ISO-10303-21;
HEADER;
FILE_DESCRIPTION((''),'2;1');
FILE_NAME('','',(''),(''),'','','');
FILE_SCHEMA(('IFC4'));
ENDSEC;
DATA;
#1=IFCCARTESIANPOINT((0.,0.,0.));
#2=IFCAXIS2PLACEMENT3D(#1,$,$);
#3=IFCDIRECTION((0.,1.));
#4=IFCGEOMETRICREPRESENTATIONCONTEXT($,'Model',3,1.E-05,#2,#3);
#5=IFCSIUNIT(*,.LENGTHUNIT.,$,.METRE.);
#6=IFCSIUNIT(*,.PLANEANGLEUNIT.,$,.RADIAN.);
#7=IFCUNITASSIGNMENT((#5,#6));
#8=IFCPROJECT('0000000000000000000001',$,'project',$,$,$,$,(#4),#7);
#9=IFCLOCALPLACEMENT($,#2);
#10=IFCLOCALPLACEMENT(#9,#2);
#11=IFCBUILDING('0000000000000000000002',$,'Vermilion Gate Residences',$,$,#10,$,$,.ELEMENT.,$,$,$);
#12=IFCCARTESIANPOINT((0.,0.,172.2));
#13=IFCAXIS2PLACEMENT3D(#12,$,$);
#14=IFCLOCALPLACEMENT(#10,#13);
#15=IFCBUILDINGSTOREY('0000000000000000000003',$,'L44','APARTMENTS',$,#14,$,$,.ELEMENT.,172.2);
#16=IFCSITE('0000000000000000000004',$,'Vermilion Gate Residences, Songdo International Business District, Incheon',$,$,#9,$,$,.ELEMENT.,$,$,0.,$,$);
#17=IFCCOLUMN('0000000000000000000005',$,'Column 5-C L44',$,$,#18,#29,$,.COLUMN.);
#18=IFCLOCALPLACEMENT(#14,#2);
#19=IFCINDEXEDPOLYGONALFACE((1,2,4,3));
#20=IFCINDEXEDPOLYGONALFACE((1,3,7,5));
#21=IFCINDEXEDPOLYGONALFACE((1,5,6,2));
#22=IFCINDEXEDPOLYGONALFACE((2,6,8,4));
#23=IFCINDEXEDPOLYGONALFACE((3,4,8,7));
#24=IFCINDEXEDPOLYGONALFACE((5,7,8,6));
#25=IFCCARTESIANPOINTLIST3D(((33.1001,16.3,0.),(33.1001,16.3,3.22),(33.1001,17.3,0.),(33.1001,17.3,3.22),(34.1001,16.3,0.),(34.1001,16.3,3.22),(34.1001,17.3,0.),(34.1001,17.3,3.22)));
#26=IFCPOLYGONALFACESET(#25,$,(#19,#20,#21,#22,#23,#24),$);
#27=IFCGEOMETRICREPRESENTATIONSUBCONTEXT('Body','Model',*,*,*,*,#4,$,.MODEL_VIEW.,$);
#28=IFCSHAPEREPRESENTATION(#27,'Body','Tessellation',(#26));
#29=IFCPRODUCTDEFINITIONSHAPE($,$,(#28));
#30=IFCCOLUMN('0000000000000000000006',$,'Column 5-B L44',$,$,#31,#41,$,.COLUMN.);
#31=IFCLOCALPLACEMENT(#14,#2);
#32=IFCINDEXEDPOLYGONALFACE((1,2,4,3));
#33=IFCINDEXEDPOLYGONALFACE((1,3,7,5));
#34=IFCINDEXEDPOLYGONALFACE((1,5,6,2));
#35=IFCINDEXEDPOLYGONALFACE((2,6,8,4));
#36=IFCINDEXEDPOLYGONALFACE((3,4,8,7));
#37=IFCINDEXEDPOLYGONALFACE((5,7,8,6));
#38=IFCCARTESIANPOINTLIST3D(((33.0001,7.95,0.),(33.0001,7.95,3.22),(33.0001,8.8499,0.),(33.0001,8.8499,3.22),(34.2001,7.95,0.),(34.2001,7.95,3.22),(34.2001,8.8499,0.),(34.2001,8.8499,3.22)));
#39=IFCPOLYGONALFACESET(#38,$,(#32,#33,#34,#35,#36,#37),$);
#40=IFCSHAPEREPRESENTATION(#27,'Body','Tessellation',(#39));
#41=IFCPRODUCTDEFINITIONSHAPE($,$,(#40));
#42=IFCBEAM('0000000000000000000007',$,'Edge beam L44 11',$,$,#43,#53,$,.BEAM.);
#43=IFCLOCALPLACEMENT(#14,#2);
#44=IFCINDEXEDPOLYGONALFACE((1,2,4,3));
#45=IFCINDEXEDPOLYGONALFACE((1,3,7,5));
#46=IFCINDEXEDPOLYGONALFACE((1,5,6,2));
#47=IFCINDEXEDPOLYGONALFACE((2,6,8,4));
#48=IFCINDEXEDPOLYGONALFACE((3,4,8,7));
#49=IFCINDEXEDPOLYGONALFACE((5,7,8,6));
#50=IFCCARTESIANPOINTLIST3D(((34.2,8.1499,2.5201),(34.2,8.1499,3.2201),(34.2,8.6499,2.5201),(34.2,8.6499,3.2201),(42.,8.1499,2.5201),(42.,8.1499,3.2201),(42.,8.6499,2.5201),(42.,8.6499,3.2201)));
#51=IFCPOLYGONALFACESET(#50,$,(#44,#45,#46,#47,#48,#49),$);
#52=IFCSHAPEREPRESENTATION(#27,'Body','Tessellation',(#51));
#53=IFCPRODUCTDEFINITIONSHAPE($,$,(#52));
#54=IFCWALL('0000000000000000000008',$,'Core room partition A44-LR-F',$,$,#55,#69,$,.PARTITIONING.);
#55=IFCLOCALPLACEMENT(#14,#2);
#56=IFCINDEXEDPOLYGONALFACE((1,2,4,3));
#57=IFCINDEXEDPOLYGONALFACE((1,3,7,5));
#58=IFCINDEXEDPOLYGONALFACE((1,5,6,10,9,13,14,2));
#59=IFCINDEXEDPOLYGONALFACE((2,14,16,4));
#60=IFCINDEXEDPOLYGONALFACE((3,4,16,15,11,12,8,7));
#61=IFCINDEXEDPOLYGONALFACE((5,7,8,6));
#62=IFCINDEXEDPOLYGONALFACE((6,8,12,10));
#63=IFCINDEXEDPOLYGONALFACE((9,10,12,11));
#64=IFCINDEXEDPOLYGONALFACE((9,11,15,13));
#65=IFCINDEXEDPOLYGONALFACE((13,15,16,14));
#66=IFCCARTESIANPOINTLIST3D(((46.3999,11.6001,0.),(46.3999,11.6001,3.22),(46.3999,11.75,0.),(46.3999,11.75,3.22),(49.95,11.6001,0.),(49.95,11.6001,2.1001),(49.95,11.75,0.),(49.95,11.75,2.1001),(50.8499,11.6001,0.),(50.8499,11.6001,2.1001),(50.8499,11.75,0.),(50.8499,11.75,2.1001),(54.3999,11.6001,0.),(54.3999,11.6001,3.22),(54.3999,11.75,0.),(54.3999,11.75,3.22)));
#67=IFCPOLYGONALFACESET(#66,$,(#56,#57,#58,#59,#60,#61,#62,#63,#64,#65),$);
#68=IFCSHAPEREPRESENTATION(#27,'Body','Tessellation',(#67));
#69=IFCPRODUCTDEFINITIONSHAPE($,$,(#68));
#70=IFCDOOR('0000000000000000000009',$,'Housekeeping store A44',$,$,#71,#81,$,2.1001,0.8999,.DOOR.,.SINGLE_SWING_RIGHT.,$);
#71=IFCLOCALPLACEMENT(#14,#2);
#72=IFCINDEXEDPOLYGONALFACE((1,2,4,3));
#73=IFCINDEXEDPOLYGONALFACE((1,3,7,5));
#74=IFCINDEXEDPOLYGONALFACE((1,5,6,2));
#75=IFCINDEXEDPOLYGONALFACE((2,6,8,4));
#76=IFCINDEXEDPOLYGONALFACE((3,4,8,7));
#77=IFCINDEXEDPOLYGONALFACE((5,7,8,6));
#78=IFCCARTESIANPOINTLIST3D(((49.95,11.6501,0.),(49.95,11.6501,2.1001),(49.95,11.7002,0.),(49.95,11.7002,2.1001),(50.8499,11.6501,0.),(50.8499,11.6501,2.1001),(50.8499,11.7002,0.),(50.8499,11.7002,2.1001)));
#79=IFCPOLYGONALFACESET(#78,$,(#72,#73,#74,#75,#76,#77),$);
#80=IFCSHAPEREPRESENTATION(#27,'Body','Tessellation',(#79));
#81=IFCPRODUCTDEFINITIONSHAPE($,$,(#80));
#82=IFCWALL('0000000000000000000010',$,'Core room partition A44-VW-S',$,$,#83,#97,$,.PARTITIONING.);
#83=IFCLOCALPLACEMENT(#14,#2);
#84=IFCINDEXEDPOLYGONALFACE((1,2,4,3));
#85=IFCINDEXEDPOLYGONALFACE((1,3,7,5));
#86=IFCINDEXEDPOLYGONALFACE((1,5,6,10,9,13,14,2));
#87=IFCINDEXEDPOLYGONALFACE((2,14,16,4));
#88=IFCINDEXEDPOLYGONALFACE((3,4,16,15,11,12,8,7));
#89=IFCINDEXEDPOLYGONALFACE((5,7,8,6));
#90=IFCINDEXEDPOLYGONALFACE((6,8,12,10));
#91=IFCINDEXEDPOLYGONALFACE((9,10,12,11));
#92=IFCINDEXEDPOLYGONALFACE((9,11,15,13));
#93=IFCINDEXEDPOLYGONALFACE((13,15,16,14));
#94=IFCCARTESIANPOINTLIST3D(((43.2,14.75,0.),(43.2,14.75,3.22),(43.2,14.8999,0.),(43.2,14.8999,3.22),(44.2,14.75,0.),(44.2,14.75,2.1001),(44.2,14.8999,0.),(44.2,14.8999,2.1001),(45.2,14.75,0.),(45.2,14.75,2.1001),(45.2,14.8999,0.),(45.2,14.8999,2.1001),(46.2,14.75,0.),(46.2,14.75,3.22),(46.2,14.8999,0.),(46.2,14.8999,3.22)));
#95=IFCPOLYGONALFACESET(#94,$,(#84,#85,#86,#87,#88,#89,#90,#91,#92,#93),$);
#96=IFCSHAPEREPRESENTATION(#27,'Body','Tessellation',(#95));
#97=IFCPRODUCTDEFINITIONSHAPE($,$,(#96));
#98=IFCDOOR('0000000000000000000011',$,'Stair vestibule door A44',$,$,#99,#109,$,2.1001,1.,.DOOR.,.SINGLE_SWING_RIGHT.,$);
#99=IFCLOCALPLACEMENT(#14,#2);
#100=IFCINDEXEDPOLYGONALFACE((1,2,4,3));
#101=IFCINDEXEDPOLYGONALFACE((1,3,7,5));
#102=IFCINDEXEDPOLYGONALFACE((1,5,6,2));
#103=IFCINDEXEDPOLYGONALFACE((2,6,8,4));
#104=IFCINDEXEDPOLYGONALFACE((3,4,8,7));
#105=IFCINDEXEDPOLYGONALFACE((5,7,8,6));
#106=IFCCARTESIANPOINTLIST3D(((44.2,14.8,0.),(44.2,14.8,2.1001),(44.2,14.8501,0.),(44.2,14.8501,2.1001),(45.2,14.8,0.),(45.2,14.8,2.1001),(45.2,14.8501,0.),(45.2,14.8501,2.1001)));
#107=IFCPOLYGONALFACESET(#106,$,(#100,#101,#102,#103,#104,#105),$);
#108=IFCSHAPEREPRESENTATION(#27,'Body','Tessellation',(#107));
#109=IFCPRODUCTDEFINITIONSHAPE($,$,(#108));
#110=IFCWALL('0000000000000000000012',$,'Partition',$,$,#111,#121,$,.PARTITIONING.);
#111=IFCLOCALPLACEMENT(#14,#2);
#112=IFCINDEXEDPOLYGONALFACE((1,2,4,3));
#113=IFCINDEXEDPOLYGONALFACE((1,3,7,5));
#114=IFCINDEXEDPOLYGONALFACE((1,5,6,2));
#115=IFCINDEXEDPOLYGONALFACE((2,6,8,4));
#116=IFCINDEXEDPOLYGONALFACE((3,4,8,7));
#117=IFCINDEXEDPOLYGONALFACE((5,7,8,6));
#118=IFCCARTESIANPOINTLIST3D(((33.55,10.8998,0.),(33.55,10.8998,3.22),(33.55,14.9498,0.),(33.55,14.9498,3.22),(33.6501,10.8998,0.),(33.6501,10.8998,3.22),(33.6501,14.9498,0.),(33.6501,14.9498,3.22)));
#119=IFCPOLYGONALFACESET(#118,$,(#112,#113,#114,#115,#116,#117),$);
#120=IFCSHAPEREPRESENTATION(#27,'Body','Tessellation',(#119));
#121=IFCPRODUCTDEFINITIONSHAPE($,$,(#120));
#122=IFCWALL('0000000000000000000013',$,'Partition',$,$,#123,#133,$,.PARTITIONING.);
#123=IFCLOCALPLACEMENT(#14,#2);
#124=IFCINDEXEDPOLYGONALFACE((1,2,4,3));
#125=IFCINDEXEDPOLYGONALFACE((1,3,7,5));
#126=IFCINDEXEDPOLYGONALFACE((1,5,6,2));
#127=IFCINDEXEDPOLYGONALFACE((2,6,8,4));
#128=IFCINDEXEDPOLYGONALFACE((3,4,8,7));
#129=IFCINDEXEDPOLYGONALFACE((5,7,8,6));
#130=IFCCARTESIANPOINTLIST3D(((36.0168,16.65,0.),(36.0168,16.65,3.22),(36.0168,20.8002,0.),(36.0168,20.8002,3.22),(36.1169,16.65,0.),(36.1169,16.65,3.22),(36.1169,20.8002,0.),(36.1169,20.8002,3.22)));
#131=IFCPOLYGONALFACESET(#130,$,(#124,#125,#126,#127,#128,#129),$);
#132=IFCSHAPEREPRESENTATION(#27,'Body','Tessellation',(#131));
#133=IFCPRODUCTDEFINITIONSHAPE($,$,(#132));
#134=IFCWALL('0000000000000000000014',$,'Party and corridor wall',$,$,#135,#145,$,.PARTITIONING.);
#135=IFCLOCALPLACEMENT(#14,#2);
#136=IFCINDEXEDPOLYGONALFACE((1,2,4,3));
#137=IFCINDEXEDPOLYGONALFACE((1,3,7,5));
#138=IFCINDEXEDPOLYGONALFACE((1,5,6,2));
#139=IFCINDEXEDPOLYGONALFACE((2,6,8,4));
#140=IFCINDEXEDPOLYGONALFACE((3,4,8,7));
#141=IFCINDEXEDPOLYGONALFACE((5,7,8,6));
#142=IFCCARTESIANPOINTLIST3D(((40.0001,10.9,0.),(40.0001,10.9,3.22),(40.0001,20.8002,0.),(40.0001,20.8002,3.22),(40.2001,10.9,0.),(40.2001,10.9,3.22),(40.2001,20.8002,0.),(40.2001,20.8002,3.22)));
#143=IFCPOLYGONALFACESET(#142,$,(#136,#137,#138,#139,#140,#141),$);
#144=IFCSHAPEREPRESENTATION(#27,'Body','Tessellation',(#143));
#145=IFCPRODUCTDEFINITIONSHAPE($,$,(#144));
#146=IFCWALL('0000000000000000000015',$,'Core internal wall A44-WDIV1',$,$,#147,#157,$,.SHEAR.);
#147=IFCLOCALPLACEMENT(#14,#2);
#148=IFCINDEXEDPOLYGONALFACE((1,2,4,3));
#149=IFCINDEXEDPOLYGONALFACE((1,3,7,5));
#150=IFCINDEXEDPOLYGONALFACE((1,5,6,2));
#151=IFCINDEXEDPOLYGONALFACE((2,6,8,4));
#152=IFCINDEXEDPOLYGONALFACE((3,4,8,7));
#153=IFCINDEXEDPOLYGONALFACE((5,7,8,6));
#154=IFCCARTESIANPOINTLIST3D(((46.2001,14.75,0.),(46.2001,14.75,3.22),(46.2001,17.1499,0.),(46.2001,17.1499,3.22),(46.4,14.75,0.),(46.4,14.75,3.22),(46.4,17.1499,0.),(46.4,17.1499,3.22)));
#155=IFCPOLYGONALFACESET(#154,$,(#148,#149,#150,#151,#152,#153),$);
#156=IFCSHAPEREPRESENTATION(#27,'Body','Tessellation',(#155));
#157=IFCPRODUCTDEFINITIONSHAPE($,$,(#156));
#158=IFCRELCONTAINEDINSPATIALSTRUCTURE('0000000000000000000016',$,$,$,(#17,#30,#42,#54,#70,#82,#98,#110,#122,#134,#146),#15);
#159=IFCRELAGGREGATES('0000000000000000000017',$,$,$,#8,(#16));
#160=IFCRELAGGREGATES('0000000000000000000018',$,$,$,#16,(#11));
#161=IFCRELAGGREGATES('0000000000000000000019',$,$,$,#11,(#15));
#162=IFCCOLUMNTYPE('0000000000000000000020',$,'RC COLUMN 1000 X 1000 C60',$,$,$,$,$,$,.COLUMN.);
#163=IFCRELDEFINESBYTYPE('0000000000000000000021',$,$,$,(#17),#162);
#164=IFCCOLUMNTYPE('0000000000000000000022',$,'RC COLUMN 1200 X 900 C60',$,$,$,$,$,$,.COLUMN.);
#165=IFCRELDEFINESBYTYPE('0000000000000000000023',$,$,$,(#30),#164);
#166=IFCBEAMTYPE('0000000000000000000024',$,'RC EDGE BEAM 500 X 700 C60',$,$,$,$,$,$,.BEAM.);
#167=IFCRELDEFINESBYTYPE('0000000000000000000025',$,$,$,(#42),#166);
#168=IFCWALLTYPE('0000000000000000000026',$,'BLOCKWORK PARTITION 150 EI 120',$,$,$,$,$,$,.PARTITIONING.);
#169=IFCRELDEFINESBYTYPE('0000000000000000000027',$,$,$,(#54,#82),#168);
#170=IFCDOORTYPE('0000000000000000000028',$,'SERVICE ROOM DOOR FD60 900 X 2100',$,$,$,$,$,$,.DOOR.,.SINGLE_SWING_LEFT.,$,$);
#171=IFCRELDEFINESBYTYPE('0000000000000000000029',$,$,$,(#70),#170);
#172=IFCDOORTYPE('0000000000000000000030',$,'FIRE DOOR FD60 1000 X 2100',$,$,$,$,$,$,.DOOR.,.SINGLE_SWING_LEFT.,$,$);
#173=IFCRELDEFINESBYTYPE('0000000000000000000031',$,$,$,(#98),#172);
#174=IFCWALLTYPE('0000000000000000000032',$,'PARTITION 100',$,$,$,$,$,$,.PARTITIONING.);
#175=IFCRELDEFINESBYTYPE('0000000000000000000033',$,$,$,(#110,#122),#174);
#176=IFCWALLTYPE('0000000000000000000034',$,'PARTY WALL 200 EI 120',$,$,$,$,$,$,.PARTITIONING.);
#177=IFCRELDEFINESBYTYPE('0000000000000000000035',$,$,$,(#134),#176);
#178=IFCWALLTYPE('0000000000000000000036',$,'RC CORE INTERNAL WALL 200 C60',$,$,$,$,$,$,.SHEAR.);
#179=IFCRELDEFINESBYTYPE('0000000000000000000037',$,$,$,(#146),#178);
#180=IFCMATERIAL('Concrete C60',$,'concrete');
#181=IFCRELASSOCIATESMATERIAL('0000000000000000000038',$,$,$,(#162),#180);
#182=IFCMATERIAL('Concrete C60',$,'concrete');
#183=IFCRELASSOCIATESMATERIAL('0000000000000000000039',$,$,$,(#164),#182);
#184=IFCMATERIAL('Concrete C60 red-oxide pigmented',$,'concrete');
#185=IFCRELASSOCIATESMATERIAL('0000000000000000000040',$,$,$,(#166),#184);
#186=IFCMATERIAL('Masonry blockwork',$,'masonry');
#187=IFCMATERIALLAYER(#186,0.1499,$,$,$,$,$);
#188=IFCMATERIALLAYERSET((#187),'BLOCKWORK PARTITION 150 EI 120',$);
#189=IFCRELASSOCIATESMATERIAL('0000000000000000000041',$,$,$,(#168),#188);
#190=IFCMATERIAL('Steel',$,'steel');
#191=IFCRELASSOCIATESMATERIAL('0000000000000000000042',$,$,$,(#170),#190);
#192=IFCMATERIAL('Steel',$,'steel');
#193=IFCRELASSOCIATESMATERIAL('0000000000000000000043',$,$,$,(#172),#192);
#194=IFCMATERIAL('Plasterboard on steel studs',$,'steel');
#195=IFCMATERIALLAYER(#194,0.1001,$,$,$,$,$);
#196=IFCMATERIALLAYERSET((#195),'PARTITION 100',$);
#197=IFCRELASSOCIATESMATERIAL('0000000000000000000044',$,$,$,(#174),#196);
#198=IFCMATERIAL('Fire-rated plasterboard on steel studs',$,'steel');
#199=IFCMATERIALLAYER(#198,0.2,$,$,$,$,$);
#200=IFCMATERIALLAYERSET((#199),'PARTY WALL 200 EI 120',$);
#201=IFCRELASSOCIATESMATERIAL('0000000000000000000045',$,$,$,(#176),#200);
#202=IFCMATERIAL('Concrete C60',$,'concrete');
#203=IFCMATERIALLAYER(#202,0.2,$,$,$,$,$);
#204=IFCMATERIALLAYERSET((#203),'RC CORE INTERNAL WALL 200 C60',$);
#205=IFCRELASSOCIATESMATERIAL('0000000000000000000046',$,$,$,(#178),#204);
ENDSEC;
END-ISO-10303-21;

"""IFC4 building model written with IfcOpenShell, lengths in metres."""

from ifc_helpers import new_model, si_unit, direction, frame, frame_2d, origin, origin_2d, place, context, subcontext, project, spatial, rectangle, extrude, material, layer, layer_set, material_profile, profile_set, type_object, element, fill, save


model = new_model("IFC4")

# Units and contexts
model_context = context("Model", 3, precision=1e-05, world=origin(), true_north=direction((0.0, 1.0)))
body_context = subcontext(model_context, "Body", "Model", "MODEL_VIEW")
ifc_project = project(units=[si_unit("LENGTHUNIT", "METRE"), si_unit("PLANEANGLEUNIT", "RADIAN")], contexts=[model_context])

# Site, building, storey
site_placement = place(None, origin())
site = spatial("IfcSite", under=ifc_project, at=site_placement, Name="Vermilion Gate Residences, Songdo International Business District, Incheon", CompositionType="ELEMENT", RefElevation=0.0)
building_placement = place(site_placement, origin())
building = spatial("IfcBuilding", under=site, at=building_placement, Name="Vermilion Gate Residences", CompositionType="ELEMENT")
storey_placement = place(building_placement, frame((0.0, 0.0, 172.2)))
storey = spatial("IfcBuildingStorey", under=building, at=storey_placement, Name="L44", Description="APARTMENTS", CompositionType="ELEMENT", Elevation=172.2)

# Columns
ifc_material_1 = material(Name="Concrete C60", Category="concrete")
ifc_material_profile_1 = material_profile(ifc_material_1, rectangle(XDim=1.0, YDim=1.0, at=origin_2d()), Name="RC-1000x1000")
ifc_profile_set_1 = profile_set([ifc_material_profile_1], Name="Concrete C60")
column_type_1 = type_object("IfcColumnType", Name="RC COLUMN 1000 X 1000 C60", PredefinedType="COLUMN", material=ifc_profile_set_1)
column_1_placement = place(storey_placement, frame((33.6001, 16.8, 0.0), z_axis=(0.0, 0.0, 1.0), x_axis=(1.0, 0.0, 0.0)))
element("IfcColumn", 1, at=column_1_placement, inside=storey, type_object=column_type_1, Name="Column 5-C L44", PredefinedType="COLUMN", context=body_context, shape_type="SweptSolid", body=[
    extrude(rectangle(XDim=1.0, YDim=1.0, at=origin_2d()), origin(), (0.0, 0.0, 1.0), 3.22),
])
ifc_material_2 = material(Name="Concrete C60", Category="concrete")
ifc_material_profile_2 = material_profile(ifc_material_2, rectangle(XDim=1.2, YDim=0.8999, at=origin_2d()), Name="RC-1200x900")
ifc_profile_set_2 = profile_set([ifc_material_profile_2], Name="Concrete C60")
column_type_2 = type_object("IfcColumnType", Name="RC COLUMN 1200 X 900 C60", PredefinedType="COLUMN", material=ifc_profile_set_2)
column_2_placement = place(storey_placement, frame((33.6001, 8.3999, 0.0), z_axis=(0.0, 0.0, 1.0), x_axis=(1.0, 0.0, 0.0)))
element("IfcColumn", 2, at=column_2_placement, inside=storey, type_object=column_type_2, Name="Column 5-B L44", PredefinedType="COLUMN", context=body_context, shape_type="SweptSolid", body=[
    extrude(rectangle(XDim=1.2, YDim=0.8999, at=origin_2d()), origin(), (0.0, 0.0, 1.0), 3.22),
])

# Beam
ifc_material_3 = material(Name="Concrete C60 red-oxide pigmented", Category="concrete")
ifc_material_profile_3 = material_profile(ifc_material_3, rectangle(XDim=0.5, YDim=0.7, at=origin_2d()), Name="RC-500x700")
ifc_profile_set_3 = profile_set([ifc_material_profile_3], Name="Concrete C60 red-oxide pigmented")
beam_type = type_object("IfcBeamType", Name="RC EDGE BEAM 500 X 700 C60", PredefinedType="BEAM", material=ifc_profile_set_3)
beam_placement = place(storey_placement, frame((34.2, 8.3999, 2.8701), z_axis=(1.0, 0.0, 0.0), x_axis=(0.0, 1.0, 0.0)))
element("IfcBeam", 3, at=beam_placement, inside=storey, type_object=beam_type, Name="Edge beam L44 11", PredefinedType="BEAM", context=body_context, shape_type="SweptSolid", body=[
    extrude(rectangle(XDim=0.5, YDim=0.7, at=origin_2d()), origin(), (0.0, 0.0, 1.0), 7.8),
])

# Walls, openings, doors
ifc_material_4 = material(Name="Masonry blockwork", Category="masonry")
ifc_layer_1 = layer(ifc_material_4, 0.1499)
ifc_layer_set_1 = layer_set([ifc_layer_1], Name="BLOCKWORK PARTITION 150 EI 120")
wall_type_1 = type_object("IfcWallType", Name="BLOCKWORK PARTITION 150 EI 120", PredefinedType="PARTITIONING", material=ifc_layer_set_1)
wall_1_placement = place(storey_placement, frame((46.3999, 11.675, 0.0), z_axis=(0.0, 0.0, 1.0), x_axis=(1.0, 0.0, 0.0)))
wall_1 = element("IfcWall", 4, at=wall_1_placement, inside=storey, type_object=wall_type_1, Name="Core room partition A44-LR-F", PredefinedType="PARTITIONING", context=body_context, shape_type="SweptSolid", body=[
    extrude(rectangle(XDim=8.0, YDim=0.1499, at=frame_2d((4.0, 0.0))), origin(), (0.0, 0.0, 1.0), 3.22),
])
opening_1_placement = place(wall_1_placement, frame((3.55, 0.0, 0.0)))
opening_1 = element("IfcOpeningElement", 5, at=opening_1_placement, cuts=wall_1, PredefinedType="OPENING", context=body_context, shape_type="SweptSolid", body=[
    extrude(rectangle(XDim=0.8999, YDim=2.1001, at=frame_2d((0.45, 1.05))), frame((0.0, 0.085, 0.0), z_axis=(0.0, -1.0, 0.0), x_axis=(1.0, 0.0, 0.0)), (0.0, 0.0, 1.0), 0.1699),
])
ifc_material_5 = material(Name="Steel", Category="steel")
door_type_1 = type_object("IfcDoorType", Name="SERVICE ROOM DOOR FD60 900 X 2100", OperationType="SINGLE_SWING_LEFT", PredefinedType="DOOR", material=ifc_material_5)
door_1_placement = place(opening_1_placement, frame((0.8999, 0.0, 0.0), z_axis=(0.0, 0.0, 1.0), x_axis=(-1.0, 0.0, 0.0)))
door_1 = element("IfcDoor", 6, at=door_1_placement, inside=storey, type_object=door_type_1, Name="Housekeeping store A44", OperationType="SINGLE_SWING_RIGHT", OverallHeight=2.1001, OverallWidth=0.8999, PredefinedType="DOOR", context=body_context, shape_type="SweptSolid", body=[
    extrude(rectangle(XDim=0.8999, YDim=2.1001, at=frame_2d((0.45, 1.05))), frame((0.0, 0.0249, 0.0), z_axis=(0.0, -1.0, 0.0), x_axis=(1.0, 0.0, 0.0)), (0.0, 0.0, 1.0), 0.05),
])
fill(opening_1, door_1)
wall_2_placement = place(storey_placement, frame((43.2, 14.825, 0.0), z_axis=(0.0, 0.0, 1.0), x_axis=(1.0, 0.0, 0.0)))
wall_2 = element("IfcWall", 7, at=wall_2_placement, inside=storey, type_object=wall_type_1, Name="Core room partition A44-VW-S", PredefinedType="PARTITIONING", context=body_context, shape_type="SweptSolid", body=[
    extrude(rectangle(XDim=3.0, YDim=0.1499, at=frame_2d((1.5, 0.0))), origin(), (0.0, 0.0, 1.0), 3.22),
])
opening_2_placement = place(wall_2_placement, frame((1.0, 0.0, 0.0)))
opening_2 = element("IfcOpeningElement", 8, at=opening_2_placement, cuts=wall_2, PredefinedType="OPENING", context=body_context, shape_type="SweptSolid", body=[
    extrude(rectangle(XDim=1.0, YDim=2.1001, at=frame_2d((0.5, 1.05))), frame((0.0, 0.085, 0.0), z_axis=(0.0, -1.0, 0.0), x_axis=(1.0, 0.0, 0.0)), (0.0, 0.0, 1.0), 0.1699),
])
ifc_material_6 = material(Name="Steel", Category="steel")
door_type_2 = type_object("IfcDoorType", Name="FIRE DOOR FD60 1000 X 2100", OperationType="SINGLE_SWING_LEFT", PredefinedType="DOOR", material=ifc_material_6)
door_2_placement = place(opening_2_placement, frame((1.0, 0.0, 0.0), z_axis=(0.0, 0.0, 1.0), x_axis=(-1.0, 0.0, 0.0)))
door_2 = element("IfcDoor", 9, at=door_2_placement, inside=storey, type_object=door_type_2, Name="Stair vestibule door A44", OperationType="SINGLE_SWING_RIGHT", OverallHeight=2.1001, OverallWidth=1.0, PredefinedType="DOOR", context=body_context, shape_type="SweptSolid", body=[
    extrude(rectangle(XDim=1.0, YDim=2.1001, at=frame_2d((0.5, 1.05))), frame((0.0, 0.0249, 0.0), z_axis=(0.0, -1.0, 0.0), x_axis=(1.0, 0.0, 0.0)), (0.0, 0.0, 1.0), 0.05),
])
fill(opening_2, door_2)

# Walls
ifc_material_7 = material(Name="Plasterboard on steel studs", Category="steel")
ifc_layer_2 = layer(ifc_material_7, 0.1001)
ifc_layer_set_2 = layer_set([ifc_layer_2], Name="PARTITION 100")
wall_type_2 = type_object("IfcWallType", Name="PARTITION 100", PredefinedType="PARTITIONING", material=ifc_layer_set_2)
wall_3_placement = place(storey_placement, frame((33.6001, 10.8999, 0.0), z_axis=(0.0, 0.0, 1.0), x_axis=(0.0, 1.0, 0.0)))
element("IfcWall", 10, at=wall_3_placement, inside=storey, type_object=wall_type_2, Name="Partition", PredefinedType="PARTITIONING", context=body_context, shape_type="SweptSolid", body=[
    extrude(rectangle(XDim=4.05, YDim=0.1001, at=frame_2d((2.0249, 0.0))), origin(), (0.0, 0.0, 1.0), 3.22),
])
wall_4_placement = place(storey_placement, frame((36.0669, 16.6499, 0.0), z_axis=(0.0, 0.0, 1.0), x_axis=(0.0, 1.0, 0.0)))
element("IfcWall", 11, at=wall_4_placement, inside=storey, type_object=wall_type_2, Name="Partition", PredefinedType="PARTITIONING", context=body_context, shape_type="SweptSolid", body=[
    extrude(rectangle(XDim=4.1501, YDim=0.1001, at=frame_2d((2.0752, 0.0))), origin(), (0.0, 0.0, 1.0), 3.22),
])
ifc_material_8 = material(Name="Fire-rated plasterboard on steel studs", Category="steel")
ifc_layer_3 = layer(ifc_material_8, 0.2)
ifc_layer_set_3 = layer_set([ifc_layer_3], Name="PARTY WALL 200 EI 120")
wall_type_3 = type_object("IfcWallType", Name="PARTY WALL 200 EI 120", PredefinedType="PARTITIONING", material=ifc_layer_set_3)
wall_5_placement = place(storey_placement, frame((40.1001, 10.8999, 0.0), z_axis=(0.0, 0.0, 1.0), x_axis=(0.0, 1.0, 0.0)))
element("IfcWall", 12, at=wall_5_placement, inside=storey, type_object=wall_type_3, Name="Party and corridor wall", PredefinedType="PARTITIONING", context=body_context, shape_type="SweptSolid", body=[
    extrude(rectangle(XDim=9.9001, YDim=0.2, at=frame_2d((4.9502, 0.0))), origin(), (0.0, 0.0, 1.0), 3.22),
])
ifc_material_9 = material(Name="Concrete C60", Category="concrete")
ifc_layer_4 = layer(ifc_material_9, 0.2)
ifc_layer_set_4 = layer_set([ifc_layer_4], Name="RC CORE INTERNAL WALL 200 C60")
wall_type_4 = type_object("IfcWallType", Name="RC CORE INTERNAL WALL 200 C60", PredefinedType="SHEAR", material=ifc_layer_set_4)
wall_6_placement = place(storey_placement, frame((46.3, 14.75, 0.0), z_axis=(0.0, 0.0, 1.0), x_axis=(0.0, 1.0, 0.0)))
element("IfcWall", 13, at=wall_6_placement, inside=storey, type_object=wall_type_4, Name="Core internal wall A44-WDIV1", PredefinedType="SHEAR", context=body_context, shape_type="SweptSolid", body=[
    extrude(rectangle(XDim=2.3999, YDim=0.2, at=frame_2d((1.2, 0.0))), origin(), (0.0, 0.0, 1.0), 3.22),
])

save(model, "model.ifc")
